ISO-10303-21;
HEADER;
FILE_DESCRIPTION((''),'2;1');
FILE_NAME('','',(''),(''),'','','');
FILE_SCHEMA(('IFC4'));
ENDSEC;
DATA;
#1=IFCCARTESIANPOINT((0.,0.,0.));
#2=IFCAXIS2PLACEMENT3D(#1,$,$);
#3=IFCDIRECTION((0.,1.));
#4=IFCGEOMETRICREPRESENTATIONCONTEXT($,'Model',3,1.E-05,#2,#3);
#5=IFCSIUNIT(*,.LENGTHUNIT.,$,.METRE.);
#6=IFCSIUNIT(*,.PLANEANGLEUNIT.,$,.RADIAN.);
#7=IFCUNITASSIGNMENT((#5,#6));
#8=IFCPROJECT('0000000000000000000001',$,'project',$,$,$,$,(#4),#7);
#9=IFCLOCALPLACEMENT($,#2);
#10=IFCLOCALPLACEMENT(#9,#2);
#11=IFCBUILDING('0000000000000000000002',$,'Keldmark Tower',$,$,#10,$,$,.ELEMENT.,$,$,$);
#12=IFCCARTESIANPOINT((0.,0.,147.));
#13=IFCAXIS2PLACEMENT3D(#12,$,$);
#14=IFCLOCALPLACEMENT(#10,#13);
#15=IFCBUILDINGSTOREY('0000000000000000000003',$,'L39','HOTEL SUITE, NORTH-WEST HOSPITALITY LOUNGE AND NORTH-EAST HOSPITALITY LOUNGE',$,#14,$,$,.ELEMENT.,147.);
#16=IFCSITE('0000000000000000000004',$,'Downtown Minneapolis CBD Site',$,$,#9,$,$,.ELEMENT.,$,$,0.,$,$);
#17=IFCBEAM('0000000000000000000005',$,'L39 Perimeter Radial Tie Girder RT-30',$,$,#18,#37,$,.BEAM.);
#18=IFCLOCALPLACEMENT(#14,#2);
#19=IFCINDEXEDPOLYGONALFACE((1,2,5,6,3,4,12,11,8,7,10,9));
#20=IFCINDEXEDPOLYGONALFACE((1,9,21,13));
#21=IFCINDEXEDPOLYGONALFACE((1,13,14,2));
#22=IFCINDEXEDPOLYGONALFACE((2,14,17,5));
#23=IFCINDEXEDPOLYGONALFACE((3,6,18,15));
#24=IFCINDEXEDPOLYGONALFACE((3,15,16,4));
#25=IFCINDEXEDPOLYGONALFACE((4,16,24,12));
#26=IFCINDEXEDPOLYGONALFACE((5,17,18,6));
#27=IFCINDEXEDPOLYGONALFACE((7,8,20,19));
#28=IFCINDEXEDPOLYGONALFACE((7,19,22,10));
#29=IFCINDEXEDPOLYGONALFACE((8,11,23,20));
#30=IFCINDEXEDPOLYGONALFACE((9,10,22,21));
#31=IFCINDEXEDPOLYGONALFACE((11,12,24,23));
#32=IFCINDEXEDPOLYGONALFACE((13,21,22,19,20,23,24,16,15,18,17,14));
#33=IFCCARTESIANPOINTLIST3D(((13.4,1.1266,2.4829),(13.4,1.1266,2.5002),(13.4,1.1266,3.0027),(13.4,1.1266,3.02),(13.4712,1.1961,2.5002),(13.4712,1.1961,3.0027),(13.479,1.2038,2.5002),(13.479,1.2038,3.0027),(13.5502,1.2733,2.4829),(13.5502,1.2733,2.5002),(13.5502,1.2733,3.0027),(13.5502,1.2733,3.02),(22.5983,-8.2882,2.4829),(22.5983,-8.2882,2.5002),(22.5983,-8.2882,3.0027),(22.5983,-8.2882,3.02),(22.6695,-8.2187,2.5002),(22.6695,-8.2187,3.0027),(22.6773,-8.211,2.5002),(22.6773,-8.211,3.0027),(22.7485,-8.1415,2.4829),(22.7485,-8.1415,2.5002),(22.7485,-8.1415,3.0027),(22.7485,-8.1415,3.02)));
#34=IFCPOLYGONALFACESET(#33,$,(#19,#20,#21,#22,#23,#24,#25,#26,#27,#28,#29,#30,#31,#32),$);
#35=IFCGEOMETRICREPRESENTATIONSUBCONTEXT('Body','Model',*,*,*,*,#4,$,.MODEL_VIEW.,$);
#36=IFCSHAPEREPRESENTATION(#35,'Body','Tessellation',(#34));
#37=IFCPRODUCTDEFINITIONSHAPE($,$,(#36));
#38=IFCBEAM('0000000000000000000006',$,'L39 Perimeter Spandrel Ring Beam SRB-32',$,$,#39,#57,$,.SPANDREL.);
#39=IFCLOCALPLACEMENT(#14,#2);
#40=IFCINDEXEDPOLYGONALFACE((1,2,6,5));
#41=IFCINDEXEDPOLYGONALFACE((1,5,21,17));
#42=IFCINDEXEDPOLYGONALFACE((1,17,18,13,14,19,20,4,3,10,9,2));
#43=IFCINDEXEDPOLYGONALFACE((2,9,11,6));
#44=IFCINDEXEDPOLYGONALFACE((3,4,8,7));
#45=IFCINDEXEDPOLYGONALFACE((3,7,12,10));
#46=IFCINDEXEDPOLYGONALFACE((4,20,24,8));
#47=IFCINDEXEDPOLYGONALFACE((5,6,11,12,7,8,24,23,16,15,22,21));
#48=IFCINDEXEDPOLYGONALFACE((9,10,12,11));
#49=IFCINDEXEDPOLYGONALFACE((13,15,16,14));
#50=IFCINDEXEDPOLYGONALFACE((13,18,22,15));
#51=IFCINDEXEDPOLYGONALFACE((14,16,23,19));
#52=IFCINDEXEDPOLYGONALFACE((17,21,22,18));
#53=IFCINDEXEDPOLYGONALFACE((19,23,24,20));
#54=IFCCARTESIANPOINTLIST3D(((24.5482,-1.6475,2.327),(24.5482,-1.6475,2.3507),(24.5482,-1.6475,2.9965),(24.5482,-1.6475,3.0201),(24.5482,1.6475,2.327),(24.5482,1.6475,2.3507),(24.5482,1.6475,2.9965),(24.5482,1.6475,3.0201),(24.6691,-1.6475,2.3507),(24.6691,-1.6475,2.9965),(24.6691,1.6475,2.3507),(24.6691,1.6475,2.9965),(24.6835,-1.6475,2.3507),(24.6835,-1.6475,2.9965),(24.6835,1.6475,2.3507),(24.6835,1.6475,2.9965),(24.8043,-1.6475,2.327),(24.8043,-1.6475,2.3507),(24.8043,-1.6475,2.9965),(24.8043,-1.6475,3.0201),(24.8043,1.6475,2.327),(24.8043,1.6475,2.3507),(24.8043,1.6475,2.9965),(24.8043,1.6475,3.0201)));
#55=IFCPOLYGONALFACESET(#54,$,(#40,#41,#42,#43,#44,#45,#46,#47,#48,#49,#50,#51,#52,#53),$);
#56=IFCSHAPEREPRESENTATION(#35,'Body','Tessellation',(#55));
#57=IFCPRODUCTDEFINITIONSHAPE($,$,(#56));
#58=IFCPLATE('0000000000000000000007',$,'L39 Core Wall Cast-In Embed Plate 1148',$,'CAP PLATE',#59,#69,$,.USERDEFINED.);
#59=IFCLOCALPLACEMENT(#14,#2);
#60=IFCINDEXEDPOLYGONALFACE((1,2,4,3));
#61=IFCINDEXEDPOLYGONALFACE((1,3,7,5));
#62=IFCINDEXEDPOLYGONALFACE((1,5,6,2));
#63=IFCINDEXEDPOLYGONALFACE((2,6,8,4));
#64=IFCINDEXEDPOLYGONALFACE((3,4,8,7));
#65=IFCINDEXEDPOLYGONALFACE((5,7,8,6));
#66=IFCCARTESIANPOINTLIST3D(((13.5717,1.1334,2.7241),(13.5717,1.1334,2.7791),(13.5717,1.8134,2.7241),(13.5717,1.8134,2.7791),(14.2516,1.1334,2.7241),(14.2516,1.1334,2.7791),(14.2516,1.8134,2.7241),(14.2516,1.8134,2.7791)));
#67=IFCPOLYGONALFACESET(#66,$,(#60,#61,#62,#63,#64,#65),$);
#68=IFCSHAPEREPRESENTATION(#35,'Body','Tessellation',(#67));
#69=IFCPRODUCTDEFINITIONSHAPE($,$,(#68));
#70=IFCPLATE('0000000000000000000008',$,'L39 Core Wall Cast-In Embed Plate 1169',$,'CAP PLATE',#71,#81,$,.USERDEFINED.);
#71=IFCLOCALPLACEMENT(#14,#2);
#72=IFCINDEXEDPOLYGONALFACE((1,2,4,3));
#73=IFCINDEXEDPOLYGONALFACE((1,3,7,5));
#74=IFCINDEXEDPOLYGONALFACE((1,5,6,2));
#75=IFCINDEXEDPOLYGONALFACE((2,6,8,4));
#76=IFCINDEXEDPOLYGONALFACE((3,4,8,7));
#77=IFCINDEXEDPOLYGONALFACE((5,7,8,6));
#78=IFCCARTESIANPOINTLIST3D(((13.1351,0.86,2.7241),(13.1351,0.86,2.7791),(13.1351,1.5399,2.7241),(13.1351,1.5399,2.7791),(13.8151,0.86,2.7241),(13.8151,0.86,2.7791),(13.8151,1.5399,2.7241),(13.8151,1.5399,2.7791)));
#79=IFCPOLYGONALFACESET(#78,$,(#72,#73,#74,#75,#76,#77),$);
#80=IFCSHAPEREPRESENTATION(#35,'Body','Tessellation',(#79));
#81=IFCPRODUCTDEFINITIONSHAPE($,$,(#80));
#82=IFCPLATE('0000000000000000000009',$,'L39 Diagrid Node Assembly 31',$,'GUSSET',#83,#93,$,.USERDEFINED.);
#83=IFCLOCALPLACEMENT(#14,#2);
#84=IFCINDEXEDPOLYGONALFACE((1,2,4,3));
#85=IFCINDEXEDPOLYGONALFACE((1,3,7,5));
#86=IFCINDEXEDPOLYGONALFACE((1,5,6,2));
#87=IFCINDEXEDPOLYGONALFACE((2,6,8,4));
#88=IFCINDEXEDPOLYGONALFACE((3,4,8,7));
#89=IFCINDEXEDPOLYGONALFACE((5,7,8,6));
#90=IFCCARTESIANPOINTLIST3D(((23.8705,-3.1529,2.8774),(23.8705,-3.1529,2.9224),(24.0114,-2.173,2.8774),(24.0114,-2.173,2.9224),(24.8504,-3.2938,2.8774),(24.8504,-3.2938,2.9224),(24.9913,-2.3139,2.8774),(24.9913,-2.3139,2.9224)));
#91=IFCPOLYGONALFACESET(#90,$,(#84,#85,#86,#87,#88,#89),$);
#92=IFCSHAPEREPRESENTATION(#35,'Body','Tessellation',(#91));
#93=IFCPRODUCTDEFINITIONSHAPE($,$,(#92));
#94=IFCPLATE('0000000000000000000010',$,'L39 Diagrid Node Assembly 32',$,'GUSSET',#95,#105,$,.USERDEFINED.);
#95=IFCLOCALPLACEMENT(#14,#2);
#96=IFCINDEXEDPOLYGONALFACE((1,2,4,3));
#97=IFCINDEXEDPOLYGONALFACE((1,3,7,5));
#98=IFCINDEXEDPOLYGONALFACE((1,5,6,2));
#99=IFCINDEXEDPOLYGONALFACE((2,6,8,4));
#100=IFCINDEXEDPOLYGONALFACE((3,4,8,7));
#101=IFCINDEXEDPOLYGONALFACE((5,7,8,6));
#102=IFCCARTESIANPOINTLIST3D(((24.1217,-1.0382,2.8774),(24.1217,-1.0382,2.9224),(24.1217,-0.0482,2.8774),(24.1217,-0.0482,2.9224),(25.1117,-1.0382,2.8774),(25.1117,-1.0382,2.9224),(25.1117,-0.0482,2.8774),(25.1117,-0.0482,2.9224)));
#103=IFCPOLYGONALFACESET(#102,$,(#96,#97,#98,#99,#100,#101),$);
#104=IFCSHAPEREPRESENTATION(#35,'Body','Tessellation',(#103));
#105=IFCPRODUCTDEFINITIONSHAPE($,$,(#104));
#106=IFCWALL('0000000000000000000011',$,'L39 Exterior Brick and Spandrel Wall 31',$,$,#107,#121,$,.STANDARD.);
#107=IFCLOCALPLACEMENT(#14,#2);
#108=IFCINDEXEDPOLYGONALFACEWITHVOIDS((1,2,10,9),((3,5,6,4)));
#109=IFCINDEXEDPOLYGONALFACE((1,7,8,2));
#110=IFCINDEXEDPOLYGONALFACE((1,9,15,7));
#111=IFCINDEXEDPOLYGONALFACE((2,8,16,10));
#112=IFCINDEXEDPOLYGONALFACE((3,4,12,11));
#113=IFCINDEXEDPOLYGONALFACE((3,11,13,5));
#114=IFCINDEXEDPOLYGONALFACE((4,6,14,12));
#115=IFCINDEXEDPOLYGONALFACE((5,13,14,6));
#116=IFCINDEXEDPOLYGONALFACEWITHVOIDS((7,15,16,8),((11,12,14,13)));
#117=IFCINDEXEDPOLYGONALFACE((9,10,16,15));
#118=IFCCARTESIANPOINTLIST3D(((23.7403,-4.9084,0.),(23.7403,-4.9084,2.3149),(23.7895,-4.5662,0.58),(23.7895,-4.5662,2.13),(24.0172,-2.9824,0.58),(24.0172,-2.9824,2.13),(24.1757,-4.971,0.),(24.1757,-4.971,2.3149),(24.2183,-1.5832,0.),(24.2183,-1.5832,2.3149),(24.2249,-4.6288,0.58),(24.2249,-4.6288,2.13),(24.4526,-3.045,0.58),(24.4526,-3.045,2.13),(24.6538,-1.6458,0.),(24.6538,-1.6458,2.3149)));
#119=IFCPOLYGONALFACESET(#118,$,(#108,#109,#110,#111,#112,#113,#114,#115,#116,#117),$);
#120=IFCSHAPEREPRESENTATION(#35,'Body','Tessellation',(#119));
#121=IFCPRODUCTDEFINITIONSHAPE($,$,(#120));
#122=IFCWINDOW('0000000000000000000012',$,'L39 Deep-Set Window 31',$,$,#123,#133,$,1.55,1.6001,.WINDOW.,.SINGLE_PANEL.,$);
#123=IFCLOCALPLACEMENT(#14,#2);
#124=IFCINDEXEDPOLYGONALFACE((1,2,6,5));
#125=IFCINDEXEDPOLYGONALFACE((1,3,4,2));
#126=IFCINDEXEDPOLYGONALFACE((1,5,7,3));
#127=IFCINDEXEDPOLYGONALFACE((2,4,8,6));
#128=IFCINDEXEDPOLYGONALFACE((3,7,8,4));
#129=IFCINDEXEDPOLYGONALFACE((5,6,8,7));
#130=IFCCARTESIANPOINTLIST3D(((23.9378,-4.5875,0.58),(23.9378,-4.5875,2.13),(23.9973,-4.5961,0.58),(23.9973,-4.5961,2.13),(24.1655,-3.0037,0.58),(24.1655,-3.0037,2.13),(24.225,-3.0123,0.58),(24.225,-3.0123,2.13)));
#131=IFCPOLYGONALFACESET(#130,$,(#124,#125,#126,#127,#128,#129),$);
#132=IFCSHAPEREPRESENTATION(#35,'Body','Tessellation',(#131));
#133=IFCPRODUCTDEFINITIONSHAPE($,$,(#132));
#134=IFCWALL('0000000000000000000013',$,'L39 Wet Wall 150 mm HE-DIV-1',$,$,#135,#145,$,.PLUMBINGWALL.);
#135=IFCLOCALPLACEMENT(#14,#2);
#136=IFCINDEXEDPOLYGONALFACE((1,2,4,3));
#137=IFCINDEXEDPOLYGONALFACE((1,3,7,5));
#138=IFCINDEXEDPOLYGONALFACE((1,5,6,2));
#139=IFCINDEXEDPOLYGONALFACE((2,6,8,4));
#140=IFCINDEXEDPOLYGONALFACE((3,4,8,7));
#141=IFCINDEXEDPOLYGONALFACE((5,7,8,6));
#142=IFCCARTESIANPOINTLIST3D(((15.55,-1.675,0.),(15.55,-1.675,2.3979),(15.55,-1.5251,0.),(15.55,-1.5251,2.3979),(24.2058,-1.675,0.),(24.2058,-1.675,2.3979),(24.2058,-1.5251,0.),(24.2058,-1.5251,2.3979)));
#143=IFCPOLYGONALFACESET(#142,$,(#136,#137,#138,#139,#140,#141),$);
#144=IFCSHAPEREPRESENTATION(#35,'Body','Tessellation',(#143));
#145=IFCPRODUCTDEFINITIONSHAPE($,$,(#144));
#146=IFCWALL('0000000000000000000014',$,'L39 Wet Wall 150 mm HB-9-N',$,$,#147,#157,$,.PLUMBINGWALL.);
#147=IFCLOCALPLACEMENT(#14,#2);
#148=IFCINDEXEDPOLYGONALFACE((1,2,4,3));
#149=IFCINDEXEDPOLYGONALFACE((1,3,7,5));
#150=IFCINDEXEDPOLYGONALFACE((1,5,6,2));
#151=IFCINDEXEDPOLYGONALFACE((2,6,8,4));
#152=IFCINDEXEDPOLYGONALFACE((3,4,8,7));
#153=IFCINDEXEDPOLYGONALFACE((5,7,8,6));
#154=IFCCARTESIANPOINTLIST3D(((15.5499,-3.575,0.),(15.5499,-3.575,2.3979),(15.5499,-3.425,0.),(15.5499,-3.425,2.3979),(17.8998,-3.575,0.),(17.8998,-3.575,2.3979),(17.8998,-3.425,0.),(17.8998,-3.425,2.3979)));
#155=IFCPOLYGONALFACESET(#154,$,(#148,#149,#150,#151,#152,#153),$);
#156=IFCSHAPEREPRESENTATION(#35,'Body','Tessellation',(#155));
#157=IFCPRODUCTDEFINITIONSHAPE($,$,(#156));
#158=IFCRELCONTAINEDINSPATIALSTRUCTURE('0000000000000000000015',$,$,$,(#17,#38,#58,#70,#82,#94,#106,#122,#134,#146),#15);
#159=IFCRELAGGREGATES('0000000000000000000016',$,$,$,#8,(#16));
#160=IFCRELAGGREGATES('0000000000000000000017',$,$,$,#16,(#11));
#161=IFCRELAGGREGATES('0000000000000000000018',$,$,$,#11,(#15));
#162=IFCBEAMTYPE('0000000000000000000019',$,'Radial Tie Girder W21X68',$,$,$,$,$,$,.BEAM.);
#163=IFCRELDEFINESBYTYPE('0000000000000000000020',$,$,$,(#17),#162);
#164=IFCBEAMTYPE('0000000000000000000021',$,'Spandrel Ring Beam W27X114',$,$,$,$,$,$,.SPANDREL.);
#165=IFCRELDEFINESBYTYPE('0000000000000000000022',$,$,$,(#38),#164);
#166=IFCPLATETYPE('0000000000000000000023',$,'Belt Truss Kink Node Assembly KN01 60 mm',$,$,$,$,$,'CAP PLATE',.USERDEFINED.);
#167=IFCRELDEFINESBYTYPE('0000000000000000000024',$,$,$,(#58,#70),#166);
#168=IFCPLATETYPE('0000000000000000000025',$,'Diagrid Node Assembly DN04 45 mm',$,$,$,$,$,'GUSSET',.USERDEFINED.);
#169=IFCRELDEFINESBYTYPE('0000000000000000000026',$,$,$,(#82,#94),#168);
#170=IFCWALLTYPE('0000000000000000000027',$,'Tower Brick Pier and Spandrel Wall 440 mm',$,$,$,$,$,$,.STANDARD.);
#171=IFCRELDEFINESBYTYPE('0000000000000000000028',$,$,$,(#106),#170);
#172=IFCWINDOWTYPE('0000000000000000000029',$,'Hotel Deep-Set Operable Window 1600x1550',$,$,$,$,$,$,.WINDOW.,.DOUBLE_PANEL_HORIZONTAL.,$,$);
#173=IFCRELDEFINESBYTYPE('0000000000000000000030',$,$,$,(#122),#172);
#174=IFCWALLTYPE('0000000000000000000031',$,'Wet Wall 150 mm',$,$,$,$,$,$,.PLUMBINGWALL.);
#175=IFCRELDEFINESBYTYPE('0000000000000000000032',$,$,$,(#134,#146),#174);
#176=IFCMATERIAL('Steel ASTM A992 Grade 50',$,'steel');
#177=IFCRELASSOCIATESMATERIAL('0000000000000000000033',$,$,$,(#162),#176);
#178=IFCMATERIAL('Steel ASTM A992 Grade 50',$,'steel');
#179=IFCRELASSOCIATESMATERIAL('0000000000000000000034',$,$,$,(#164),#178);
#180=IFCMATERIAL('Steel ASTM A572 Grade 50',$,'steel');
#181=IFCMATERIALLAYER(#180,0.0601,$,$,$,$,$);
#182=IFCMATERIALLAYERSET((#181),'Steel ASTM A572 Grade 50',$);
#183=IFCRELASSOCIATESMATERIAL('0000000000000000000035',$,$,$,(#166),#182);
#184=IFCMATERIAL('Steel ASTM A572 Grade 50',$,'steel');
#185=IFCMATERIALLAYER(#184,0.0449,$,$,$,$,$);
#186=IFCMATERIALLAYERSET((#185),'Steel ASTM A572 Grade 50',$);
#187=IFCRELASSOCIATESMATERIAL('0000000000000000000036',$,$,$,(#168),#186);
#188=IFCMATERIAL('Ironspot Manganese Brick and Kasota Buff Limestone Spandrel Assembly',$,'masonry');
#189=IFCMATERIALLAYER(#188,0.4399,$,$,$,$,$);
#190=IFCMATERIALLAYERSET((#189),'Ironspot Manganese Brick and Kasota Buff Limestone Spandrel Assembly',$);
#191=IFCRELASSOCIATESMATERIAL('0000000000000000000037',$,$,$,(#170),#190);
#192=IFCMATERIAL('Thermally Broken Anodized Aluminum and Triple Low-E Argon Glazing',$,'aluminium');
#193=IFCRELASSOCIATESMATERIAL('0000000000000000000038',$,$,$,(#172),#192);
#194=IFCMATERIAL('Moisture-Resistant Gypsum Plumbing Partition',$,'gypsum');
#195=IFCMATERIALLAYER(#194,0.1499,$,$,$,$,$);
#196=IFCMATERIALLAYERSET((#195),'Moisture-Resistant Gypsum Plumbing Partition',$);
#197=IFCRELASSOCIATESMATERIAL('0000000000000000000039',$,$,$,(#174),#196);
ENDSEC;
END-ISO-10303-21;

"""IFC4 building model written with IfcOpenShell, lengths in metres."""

from ifc_helpers import new_model, si_unit, direction, frame, frame_2d, origin, origin_2d, place, context, subcontext, project, spatial, rectangle, i_section, extrude, material, layer, layer_set, material_profile, profile_set, type_object, element, fill, save


model = new_model("IFC4")

# Units and contexts
model_context = context("Model", 3, precision=1e-05, world=origin(), true_north=direction((0.0, 1.0)))
body_context = subcontext(model_context, "Body", "Model", "MODEL_VIEW")
ifc_project = project(units=[si_unit("LENGTHUNIT", "METRE"), si_unit("PLANEANGLEUNIT", "RADIAN")], contexts=[model_context])

# Site, building, storey
site_placement = place(None, origin())
site = spatial("IfcSite", under=ifc_project, at=site_placement, Name="Downtown Minneapolis CBD Site", CompositionType="ELEMENT", RefElevation=0.0)
building_placement = place(site_placement, origin())
building = spatial("IfcBuilding", under=site, at=building_placement, Name="Keldmark Tower", CompositionType="ELEMENT")
storey_placement = place(building_placement, frame((0.0, 0.0, 147.0)))
storey = spatial("IfcBuildingStorey", under=building, at=storey_placement, Name="L39", Description="HOTEL SUITE, NORTH-WEST HOSPITALITY LOUNGE AND NORTH-EAST HOSPITALITY LOUNGE", CompositionType="ELEMENT", Elevation=147.0)

# Beams
ifc_material_1 = material(Name="Steel ASTM A992 Grade 50", Category="steel")
ifc_material_profile_1 = material_profile(ifc_material_1, i_section(OverallWidth=0.21, OverallDepth=0.5371, WebThickness=0.011, FlangeThickness=0.0173, at=origin_2d()), Name="W21X68")
ifc_profile_set_1 = profile_set([ifc_material_profile_1], Name="Steel ASTM A992 Grade 50")
beam_type_1 = type_object("IfcBeamType", Name="Radial Tie Girder W21X68", PredefinedType="BEAM", material=ifc_profile_set_1)
beam_1_placement = place(storey_placement, frame((13.4751, 1.2, 2.7515), z_axis=(0.698833, -0.715285, 0.0), x_axis=(0.715285, 0.698833, 0.0)))
element("IfcBeam", 1, at=beam_1_placement, inside=storey, type_object=beam_type_1, Name="L39 Perimeter Radial Tie Girder RT-30", PredefinedType="BEAM", context=body_context, shape_type="SweptSolid", body=[
    extrude(i_section(OverallWidth=0.21, OverallDepth=0.5371, WebThickness=0.011, FlangeThickness=0.0173, at=origin_2d()), origin(), (0.0, 0.0, 1.0), 13.1624),
])
ifc_material_2 = material(Name="Steel ASTM A992 Grade 50", Category="steel")
ifc_material_profile_2 = material_profile(ifc_material_2, i_section(OverallWidth=0.2561, OverallDepth=0.6931, WebThickness=0.0144, FlangeThickness=0.0237, at=origin_2d()), Name="W27X114")
ifc_profile_set_2 = profile_set([ifc_material_profile_2], Name="Steel ASTM A992 Grade 50")
beam_type_2 = type_object("IfcBeamType", Name="Spandrel Ring Beam W27X114", PredefinedType="SPANDREL", material=ifc_profile_set_2)
beam_2_placement = place(storey_placement, frame((24.6763, -1.6475, 2.6736), z_axis=(0.0, 1.0, 0.0), x_axis=(-1.0, 0.0, 0.0)))
element("IfcBeam", 2, at=beam_2_placement, inside=storey, type_object=beam_type_2, Name="L39 Perimeter Spandrel Ring Beam SRB-32", PredefinedType="SPANDREL", context=body_context, shape_type="SweptSolid", body=[
    extrude(i_section(OverallWidth=0.2561, OverallDepth=0.6931, WebThickness=0.0144, FlangeThickness=0.0237, at=origin_2d()), origin(), (0.0, 0.0, 1.0), 3.2949),
])

# Plates
ifc_material_3 = material(Name="Steel ASTM A572 Grade 50", Category="steel")
ifc_layer_1 = layer(ifc_material_3, 0.0601)
ifc_layer_set_1 = layer_set([ifc_layer_1], Name="Steel ASTM A572 Grade 50")
plate_type_1 = type_object("IfcPlateType", Name="Belt Truss Kink Node Assembly KN01 60 mm", ElementType="CAP PLATE", PredefinedType="USERDEFINED", material=ifc_layer_set_1)
for number, where, z_axis, x_axis, name in (
    (3, (13.9116, 1.4734, 2.7241), (0.0, 0.0, 1.0), (1.0, 0.0, 0.0), "L39 Core Wall Cast-In Embed Plate 1148"),
    (4, (13.4751, 1.2, 2.7241), (0.0, 0.0, 1.0), (1.0, 0.0, 0.0), "L39 Core Wall Cast-In Embed Plate 1169"),
):
    element("IfcPlate", number, at=place(storey_placement, frame(where, z_axis=z_axis, x_axis=x_axis)), inside=storey, type_object=plate_type_1, Name=name, ObjectType="CAP PLATE", PredefinedType="USERDEFINED", context=body_context, shape_type="SweptSolid", body=[
        extrude(rectangle(XDim=0.6799, YDim=0.6799, at=origin_2d()), origin(), (0.0, 0.0, 1.0), 0.0549),
    ])
ifc_material_4 = material(Name="Steel ASTM A572 Grade 50", Category="steel")
ifc_layer_2 = layer(ifc_material_4, 0.0449)
ifc_layer_set_2 = layer_set([ifc_layer_2], Name="Steel ASTM A572 Grade 50")
plate_type_2 = type_object("IfcPlateType", Name="Diagrid Node Assembly DN04 45 mm", ElementType="GUSSET", PredefinedType="USERDEFINED", material=ifc_layer_set_2)
for number, where, z_axis, x_axis, name in (
    (5, (24.4309, -2.7334, 2.8774), (0.0, 0.0, 1.0), (0.142283, 0.989826, 0.0), "L39 Diagrid Node Assembly 31"),
    (6, (24.6167, -0.5432, 2.8774), (0.0, 0.0, 1.0), (0.0, 1.0, 0.0), "L39 Diagrid Node Assembly 32"),
):
    element("IfcPlate", number, at=place(storey_placement, frame(where, z_axis=z_axis, x_axis=x_axis)), inside=storey, type_object=plate_type_2, Name=name, ObjectType="GUSSET", PredefinedType="USERDEFINED", context=body_context, shape_type="SweptSolid", body=[
        extrude(rectangle(XDim=0.99, YDim=0.99, at=origin_2d()), origin(), (0.0, 0.0, 1.0), 0.0449),
    ])

# Wall, opening, window
ifc_material_5 = material(Name="Ironspot Manganese Brick and Kasota Buff Limestone Spandrel Assembly", Category="masonry")
ifc_layer_3 = layer(ifc_material_5, 0.4399)
ifc_layer_set_3 = layer_set([ifc_layer_3], Name="Ironspot Manganese Brick and Kasota Buff Limestone Spandrel Assembly")
wall_type_1 = type_object("IfcWallType", Name="Tower Brick Pier and Spandrel Wall 440 mm", PredefinedType="STANDARD", material=ifc_layer_set_3)
wall_1_placement = place(storey_placement, frame((24.436, -1.6145, 0.0), z_axis=(0.0, 0.0, 1.0), x_axis=(-0.142296, -0.989824, 0.0)))
wall_1 = element("IfcWall", 7, at=wall_1_placement, inside=storey, type_object=wall_type_1, Name="L39 Exterior Brick and Spandrel Wall 31", PredefinedType="STANDARD", context=body_context, shape_type="SweptSolid", body=[
    extrude(rectangle(XDim=3.3594, YDim=0.4399, at=frame_2d((1.6797, 0.0))), origin(), (0.0, 0.0, 1.0), 2.3149),
])
opening_1_placement = place(wall_1_placement, frame((1.4136, 0.0, 0.5801)))
opening_1 = element("IfcOpeningElement", 8, at=opening_1_placement, cuts=wall_1, PredefinedType="OPENING", context=body_context, shape_type="SweptSolid", body=[
    extrude(rectangle(XDim=1.6001, YDim=1.55, at=frame_2d((0.8, 0.7749))), frame((0.0, 0.23, 0.0), z_axis=(0.0, -1.0, 0.0), x_axis=(1.0, 0.0, 0.0)), (0.0, 0.0, 1.0), 0.46),
])
ifc_material_6 = material(Name="Thermally Broken Anodized Aluminum and Triple Low-E Argon Glazing", Category="aluminium")
window_type = type_object("IfcWindowType", Name="Hotel Deep-Set Operable Window 1600x1550", PartitioningType="DOUBLE_PANEL_HORIZONTAL", PredefinedType="WINDOW", material=ifc_material_6)
window_placement = place(opening_1_placement, origin())
window = element("IfcWindow", 9, at=window_placement, inside=storey, type_object=window_type, Name="L39 Deep-Set Window 31", OverallHeight=1.55, OverallWidth=1.6001, PartitioningType="SINGLE_PANEL", PredefinedType="WINDOW", context=body_context, shape_type="SweptSolid", body=[
    extrude(rectangle(XDim=1.6001, YDim=1.55, at=frame_2d((0.8, 0.7749))), frame((0.0, -0.01, 0.0), z_axis=(0.0, -1.0, 0.0), x_axis=(1.0, 0.0, 0.0)), (0.0, 0.0, 1.0), 0.0601),
])
fill(opening_1, window)

# Walls
ifc_material_7 = material(Name="Moisture-Resistant Gypsum Plumbing Partition", Category="gypsum")
ifc_layer_4 = layer(ifc_material_7, 0.1499)
ifc_layer_set_4 = layer_set([ifc_layer_4], Name="Moisture-Resistant Gypsum Plumbing Partition")
wall_type_2 = type_object("IfcWallType", Name="Wet Wall 150 mm", PredefinedType="PLUMBINGWALL", material=ifc_layer_set_4)
wall_2_placement = place(storey_placement, frame((15.55, -1.6001, 0.0), z_axis=(0.0, 0.0, 1.0), x_axis=(1.0, 0.0, 0.0)))
element("IfcWall", 10, at=wall_2_placement, inside=storey, type_object=wall_type_2, Name="L39 Wet Wall 150 mm HE-DIV-1", PredefinedType="PLUMBINGWALL", context=body_context, shape_type="SweptSolid", body=[
    extrude(rectangle(XDim=8.6558, YDim=0.1499, at=frame_2d((4.3279, 0.0))), origin(), (0.0, 0.0, 1.0), 2.3979),
])
wall_3_placement = place(storey_placement, frame((15.55, -3.5, 0.0), z_axis=(0.0, 0.0, 1.0), x_axis=(1.0, 0.0, 0.0)))
element("IfcWall", 11, at=wall_3_placement, inside=storey, type_object=wall_type_2, Name="L39 Wet Wall 150 mm HB-9-N", PredefinedType="PLUMBINGWALL", context=body_context, shape_type="SweptSolid", body=[
    extrude(rectangle(XDim=2.3499, YDim=0.1499, at=frame_2d((1.1748, 0.0))), origin(), (0.0, 0.0, 1.0), 2.3979),
])

save(model, "model.ifc")
